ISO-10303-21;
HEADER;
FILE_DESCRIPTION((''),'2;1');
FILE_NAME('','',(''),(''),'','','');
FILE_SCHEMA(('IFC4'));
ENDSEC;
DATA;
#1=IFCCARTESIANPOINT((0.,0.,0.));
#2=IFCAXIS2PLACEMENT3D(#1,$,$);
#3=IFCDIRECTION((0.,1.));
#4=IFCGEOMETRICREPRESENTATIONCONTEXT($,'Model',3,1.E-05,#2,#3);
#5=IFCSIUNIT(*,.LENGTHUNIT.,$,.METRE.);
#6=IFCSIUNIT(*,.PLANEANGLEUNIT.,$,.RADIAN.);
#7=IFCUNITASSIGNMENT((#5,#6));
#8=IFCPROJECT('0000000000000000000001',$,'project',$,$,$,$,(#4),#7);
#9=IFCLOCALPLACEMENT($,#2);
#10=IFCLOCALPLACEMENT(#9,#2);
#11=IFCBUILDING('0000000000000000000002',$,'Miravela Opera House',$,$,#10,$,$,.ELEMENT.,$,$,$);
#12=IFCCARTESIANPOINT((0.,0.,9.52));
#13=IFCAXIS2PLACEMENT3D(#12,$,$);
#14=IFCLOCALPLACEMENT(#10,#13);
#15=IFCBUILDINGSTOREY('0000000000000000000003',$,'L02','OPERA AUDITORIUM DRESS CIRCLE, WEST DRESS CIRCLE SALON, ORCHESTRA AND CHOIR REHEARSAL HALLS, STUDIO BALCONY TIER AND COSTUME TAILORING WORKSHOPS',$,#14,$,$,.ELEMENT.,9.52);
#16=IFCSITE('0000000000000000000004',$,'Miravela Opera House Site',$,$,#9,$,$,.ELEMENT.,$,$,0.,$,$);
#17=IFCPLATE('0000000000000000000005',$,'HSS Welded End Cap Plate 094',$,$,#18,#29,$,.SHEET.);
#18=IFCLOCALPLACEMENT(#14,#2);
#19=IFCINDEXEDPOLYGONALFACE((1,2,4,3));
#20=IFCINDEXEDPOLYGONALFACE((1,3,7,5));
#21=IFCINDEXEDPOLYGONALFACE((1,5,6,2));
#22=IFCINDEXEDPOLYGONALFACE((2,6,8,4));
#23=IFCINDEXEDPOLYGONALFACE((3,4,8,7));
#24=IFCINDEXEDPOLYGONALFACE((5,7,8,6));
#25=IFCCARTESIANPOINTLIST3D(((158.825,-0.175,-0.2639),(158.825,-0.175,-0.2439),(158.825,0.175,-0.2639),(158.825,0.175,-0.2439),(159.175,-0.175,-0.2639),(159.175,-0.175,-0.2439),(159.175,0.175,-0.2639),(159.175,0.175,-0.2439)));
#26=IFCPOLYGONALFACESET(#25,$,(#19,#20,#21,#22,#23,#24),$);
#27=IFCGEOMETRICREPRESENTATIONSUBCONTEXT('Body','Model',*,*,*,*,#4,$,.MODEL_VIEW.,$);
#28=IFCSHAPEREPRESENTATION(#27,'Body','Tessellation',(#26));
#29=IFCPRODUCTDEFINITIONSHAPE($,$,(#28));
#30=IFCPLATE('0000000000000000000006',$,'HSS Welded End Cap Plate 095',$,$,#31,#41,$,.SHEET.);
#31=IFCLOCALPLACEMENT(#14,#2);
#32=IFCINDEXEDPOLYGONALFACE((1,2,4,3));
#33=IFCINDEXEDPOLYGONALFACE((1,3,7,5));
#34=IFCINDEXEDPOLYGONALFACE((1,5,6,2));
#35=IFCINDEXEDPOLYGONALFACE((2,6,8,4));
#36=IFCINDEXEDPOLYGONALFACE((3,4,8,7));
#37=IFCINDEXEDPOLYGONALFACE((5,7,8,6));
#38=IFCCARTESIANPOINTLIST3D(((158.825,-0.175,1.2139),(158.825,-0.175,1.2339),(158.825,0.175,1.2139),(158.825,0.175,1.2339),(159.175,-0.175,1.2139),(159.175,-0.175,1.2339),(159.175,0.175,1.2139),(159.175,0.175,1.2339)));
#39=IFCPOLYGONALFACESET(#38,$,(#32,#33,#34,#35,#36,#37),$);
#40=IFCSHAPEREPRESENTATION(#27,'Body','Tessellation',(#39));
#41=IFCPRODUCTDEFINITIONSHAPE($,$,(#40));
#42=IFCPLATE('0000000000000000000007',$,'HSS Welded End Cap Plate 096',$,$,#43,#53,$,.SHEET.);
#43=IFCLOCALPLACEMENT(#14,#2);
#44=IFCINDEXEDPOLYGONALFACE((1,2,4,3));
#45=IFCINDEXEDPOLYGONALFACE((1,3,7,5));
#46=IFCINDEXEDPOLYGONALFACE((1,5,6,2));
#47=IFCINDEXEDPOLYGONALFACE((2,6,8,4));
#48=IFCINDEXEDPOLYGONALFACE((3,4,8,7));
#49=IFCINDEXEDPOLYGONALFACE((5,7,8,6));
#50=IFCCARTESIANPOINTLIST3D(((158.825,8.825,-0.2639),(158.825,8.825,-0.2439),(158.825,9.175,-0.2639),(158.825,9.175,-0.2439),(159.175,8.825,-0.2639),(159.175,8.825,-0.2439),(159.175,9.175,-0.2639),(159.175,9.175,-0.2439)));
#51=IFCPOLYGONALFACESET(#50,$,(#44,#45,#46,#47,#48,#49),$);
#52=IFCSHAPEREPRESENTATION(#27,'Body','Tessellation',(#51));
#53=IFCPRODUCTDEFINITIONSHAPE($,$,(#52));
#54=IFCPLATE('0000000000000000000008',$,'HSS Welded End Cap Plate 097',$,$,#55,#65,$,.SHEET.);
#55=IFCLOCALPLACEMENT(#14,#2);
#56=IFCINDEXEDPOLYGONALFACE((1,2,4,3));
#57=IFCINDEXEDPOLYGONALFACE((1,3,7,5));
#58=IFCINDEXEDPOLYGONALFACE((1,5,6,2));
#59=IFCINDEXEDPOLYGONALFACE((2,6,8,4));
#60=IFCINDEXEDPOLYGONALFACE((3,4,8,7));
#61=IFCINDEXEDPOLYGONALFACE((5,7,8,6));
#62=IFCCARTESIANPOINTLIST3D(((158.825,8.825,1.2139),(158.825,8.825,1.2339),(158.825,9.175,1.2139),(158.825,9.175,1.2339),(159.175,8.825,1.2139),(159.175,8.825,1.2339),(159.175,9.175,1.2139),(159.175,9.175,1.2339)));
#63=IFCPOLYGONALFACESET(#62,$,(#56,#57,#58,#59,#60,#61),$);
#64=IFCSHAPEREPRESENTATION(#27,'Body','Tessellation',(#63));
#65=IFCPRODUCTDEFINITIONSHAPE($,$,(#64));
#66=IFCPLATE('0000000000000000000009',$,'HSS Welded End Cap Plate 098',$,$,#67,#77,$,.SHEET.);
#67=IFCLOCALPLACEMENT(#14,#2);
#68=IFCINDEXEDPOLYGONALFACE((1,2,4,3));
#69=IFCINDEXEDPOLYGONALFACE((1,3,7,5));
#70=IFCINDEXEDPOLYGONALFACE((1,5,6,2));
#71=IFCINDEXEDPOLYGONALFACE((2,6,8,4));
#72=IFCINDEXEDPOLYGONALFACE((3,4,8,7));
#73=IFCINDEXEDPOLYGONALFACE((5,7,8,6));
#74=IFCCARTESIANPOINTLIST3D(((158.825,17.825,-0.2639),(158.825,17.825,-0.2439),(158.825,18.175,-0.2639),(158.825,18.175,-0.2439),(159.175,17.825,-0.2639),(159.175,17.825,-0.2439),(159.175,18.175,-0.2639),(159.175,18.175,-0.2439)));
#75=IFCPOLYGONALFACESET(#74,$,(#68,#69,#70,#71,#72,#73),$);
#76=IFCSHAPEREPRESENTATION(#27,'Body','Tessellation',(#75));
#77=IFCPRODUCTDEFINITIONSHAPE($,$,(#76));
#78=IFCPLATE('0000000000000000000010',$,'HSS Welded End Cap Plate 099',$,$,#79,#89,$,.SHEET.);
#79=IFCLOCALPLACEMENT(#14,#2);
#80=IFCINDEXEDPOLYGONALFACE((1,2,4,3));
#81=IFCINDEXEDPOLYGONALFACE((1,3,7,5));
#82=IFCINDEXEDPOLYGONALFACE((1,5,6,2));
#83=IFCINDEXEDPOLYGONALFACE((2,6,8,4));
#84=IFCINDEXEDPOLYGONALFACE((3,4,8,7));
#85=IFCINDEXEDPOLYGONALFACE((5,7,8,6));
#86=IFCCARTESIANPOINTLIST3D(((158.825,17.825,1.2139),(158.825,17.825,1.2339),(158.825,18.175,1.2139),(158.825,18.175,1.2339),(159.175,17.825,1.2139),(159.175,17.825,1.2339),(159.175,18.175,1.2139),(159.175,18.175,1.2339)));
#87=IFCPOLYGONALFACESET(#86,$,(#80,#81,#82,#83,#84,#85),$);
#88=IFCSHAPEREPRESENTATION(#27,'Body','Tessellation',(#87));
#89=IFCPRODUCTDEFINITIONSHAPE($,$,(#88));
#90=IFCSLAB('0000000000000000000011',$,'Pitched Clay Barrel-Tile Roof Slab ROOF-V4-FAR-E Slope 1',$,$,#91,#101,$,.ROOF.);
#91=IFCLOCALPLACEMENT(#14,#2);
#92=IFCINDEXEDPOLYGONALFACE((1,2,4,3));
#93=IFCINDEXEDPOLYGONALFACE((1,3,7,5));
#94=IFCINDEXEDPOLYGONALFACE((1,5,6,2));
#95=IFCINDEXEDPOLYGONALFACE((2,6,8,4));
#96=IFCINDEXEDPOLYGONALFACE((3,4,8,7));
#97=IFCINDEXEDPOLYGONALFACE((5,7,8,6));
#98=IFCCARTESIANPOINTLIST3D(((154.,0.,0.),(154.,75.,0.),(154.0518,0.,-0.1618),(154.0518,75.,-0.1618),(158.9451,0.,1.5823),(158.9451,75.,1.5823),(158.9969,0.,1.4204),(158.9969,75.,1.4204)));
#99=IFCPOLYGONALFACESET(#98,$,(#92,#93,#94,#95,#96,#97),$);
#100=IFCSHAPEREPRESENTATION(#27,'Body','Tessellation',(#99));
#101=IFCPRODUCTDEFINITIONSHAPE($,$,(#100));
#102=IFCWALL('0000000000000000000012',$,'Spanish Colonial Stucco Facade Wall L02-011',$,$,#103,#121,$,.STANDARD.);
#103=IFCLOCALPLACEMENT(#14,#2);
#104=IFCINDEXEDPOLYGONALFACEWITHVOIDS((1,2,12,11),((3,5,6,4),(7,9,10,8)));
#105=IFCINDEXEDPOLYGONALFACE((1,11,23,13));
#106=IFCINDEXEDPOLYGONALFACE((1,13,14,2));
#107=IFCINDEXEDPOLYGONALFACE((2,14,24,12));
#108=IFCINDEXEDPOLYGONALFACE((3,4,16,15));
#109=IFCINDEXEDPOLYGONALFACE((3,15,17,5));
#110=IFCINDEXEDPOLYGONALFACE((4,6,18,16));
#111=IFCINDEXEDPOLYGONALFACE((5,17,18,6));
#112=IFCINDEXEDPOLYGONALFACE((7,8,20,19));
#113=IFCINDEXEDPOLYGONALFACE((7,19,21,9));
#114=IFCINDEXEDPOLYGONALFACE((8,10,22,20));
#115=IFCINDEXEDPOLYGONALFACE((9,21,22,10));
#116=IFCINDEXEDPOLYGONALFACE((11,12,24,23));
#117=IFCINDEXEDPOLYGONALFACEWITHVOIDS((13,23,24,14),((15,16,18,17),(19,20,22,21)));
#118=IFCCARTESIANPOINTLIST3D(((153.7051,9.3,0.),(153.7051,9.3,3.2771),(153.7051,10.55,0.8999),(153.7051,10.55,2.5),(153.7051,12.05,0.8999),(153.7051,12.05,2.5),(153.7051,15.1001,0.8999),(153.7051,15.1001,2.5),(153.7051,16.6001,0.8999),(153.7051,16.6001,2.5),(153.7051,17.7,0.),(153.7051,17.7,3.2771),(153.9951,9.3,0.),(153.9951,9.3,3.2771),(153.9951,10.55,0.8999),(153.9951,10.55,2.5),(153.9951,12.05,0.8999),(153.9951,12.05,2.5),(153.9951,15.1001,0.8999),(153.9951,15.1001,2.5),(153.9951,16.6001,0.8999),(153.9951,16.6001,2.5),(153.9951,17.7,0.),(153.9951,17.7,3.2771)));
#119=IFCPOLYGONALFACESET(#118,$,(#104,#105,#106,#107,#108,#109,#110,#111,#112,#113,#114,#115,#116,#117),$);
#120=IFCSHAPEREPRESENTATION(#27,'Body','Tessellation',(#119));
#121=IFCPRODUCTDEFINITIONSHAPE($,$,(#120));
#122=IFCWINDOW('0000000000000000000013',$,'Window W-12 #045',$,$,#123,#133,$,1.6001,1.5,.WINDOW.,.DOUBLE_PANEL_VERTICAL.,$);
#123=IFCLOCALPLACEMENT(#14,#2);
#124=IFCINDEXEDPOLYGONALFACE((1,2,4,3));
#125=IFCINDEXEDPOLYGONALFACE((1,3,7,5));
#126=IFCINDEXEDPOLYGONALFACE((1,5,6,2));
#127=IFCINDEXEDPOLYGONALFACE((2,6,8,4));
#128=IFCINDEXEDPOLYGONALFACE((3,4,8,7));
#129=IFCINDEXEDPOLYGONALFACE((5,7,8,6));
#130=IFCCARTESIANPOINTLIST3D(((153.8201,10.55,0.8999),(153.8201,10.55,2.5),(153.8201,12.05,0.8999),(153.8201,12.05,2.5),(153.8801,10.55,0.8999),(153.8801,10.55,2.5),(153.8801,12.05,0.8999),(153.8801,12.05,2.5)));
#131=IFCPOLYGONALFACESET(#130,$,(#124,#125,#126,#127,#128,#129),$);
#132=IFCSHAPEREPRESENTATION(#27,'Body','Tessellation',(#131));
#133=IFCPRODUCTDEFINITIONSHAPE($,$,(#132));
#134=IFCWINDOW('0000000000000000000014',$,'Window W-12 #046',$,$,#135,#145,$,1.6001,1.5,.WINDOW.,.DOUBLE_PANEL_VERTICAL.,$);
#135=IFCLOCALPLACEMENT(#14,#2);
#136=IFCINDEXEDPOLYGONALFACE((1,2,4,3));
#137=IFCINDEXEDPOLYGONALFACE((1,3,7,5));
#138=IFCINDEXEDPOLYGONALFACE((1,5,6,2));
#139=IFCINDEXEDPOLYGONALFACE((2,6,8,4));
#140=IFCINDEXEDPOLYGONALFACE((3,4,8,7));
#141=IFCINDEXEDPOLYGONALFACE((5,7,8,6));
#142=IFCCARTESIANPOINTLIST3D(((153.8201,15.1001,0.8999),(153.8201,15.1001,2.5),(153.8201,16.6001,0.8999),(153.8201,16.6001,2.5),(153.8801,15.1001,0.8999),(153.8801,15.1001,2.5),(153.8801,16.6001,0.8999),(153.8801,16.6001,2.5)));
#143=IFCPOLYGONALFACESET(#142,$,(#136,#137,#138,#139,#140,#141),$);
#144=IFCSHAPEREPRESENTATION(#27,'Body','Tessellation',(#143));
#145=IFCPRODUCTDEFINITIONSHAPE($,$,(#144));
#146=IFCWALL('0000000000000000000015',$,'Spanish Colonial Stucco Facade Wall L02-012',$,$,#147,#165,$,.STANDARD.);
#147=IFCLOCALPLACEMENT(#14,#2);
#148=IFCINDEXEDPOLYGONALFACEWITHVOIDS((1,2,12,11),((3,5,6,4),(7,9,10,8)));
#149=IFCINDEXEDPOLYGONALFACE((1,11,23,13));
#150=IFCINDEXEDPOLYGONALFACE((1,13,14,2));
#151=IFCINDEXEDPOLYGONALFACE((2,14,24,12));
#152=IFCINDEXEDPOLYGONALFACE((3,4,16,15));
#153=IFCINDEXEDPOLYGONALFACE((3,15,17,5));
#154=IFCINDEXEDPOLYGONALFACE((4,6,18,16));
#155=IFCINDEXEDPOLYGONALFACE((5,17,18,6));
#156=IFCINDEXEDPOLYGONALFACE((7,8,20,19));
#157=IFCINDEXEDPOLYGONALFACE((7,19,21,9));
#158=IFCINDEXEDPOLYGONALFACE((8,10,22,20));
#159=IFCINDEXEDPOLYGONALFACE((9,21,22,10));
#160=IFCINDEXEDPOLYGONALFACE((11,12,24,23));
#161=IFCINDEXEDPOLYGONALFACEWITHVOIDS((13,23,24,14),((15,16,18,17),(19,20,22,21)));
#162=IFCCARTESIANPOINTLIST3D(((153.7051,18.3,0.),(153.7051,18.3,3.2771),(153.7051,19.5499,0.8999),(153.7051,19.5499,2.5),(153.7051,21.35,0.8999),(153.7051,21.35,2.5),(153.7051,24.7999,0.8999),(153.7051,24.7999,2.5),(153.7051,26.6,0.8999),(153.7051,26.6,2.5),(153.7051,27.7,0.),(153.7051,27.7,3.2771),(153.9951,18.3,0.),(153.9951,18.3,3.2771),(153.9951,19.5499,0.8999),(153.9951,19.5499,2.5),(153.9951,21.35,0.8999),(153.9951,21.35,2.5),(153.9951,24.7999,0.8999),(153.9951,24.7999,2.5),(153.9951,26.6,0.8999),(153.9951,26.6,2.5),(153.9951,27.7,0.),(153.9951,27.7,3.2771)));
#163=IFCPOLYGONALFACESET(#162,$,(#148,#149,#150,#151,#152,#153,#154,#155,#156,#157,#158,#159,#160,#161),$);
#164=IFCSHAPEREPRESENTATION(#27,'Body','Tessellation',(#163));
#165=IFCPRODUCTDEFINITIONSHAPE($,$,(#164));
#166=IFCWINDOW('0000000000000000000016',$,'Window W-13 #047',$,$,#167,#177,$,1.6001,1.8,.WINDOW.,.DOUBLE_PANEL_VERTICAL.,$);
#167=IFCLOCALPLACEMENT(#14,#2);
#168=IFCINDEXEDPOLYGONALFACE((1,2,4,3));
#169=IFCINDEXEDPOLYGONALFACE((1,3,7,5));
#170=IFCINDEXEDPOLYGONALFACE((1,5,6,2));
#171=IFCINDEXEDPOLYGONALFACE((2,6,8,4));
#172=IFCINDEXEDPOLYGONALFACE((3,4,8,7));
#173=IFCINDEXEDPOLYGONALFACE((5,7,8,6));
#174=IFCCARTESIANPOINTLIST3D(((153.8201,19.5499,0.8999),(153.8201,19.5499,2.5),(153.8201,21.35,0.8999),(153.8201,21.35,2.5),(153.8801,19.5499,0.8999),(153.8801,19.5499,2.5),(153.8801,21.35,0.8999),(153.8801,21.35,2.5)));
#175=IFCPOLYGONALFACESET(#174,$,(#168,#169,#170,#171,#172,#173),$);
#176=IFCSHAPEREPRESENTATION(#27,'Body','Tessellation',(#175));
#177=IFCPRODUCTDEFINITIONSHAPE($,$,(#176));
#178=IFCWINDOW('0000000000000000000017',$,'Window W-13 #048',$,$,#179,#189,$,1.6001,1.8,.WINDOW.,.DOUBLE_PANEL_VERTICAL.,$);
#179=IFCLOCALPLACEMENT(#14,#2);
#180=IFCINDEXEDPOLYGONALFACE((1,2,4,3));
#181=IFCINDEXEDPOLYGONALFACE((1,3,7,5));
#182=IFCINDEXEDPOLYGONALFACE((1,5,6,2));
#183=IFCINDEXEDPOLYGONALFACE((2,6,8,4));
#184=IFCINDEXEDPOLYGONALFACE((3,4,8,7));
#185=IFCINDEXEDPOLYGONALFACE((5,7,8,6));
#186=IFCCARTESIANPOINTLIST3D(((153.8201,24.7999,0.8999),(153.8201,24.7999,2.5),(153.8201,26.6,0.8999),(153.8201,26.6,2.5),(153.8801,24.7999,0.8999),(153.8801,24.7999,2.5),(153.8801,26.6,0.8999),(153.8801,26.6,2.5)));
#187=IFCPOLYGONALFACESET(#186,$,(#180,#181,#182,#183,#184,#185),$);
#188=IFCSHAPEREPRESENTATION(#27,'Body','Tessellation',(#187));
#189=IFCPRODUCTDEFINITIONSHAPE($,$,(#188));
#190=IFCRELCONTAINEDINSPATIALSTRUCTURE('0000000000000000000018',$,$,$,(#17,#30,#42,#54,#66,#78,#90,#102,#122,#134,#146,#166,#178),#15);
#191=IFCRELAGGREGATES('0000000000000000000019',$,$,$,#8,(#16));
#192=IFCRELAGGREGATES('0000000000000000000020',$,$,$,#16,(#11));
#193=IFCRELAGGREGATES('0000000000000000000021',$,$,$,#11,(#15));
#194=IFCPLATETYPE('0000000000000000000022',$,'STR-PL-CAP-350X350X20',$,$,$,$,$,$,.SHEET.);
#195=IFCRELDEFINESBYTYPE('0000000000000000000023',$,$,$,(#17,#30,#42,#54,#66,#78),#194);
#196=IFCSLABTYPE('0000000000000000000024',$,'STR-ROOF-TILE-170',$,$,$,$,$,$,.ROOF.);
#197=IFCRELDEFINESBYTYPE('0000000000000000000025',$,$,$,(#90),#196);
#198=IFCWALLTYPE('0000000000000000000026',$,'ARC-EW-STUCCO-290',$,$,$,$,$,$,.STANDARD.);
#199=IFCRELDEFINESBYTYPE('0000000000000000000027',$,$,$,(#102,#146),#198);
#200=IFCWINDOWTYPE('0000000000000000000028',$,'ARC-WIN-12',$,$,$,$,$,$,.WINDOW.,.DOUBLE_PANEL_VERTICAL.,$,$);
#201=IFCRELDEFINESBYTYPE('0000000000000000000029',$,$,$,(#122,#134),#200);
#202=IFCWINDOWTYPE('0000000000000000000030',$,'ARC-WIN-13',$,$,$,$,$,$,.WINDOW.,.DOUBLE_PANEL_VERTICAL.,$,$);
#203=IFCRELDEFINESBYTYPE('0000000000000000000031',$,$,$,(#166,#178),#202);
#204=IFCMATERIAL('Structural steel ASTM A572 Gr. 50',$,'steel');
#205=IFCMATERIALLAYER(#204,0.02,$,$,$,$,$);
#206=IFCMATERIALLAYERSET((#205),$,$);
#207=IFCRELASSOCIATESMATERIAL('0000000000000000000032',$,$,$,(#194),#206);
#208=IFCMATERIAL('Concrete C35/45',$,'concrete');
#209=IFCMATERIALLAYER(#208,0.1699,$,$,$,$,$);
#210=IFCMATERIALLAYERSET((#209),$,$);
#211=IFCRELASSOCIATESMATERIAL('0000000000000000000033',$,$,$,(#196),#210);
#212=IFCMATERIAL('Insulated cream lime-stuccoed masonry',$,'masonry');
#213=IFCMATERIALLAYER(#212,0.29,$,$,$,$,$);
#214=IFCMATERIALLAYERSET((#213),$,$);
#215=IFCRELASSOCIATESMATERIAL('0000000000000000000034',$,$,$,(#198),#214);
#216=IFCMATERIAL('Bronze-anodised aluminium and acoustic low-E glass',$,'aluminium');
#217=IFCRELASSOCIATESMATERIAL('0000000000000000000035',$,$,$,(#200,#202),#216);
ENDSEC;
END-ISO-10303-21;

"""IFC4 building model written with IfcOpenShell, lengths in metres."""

from ifc_helpers import new_model, si_unit, direction, frame, frame_2d, origin, origin_2d, place, context, subcontext, project, spatial, polyline, rectangle, outline, extrude, material, layer, layer_set, type_object, element, fill, save


model = new_model("IFC4")

# Units and contexts
model_context = context("Model", 3, precision=1e-05, world=origin(), true_north=direction((0.0, 1.0)))
body_context = subcontext(model_context, "Body", "Model", "MODEL_VIEW")
ifc_project = project(units=[si_unit("LENGTHUNIT", "METRE"), si_unit("PLANEANGLEUNIT", "RADIAN")], contexts=[model_context])

# Site, building, storey
site_placement = place(None, origin())
site = spatial("IfcSite", under=ifc_project, at=site_placement, Name="Miravela Opera House Site", CompositionType="ELEMENT", RefElevation=0.0)
building_placement = place(site_placement, origin())
building = spatial("IfcBuilding", under=site, at=building_placement, Name="Miravela Opera House", CompositionType="ELEMENT")
storey_placement = place(building_placement, frame((0.0, 0.0, 9.52)))
storey = spatial("IfcBuildingStorey", under=building, at=storey_placement, Name="L02", Description="OPERA AUDITORIUM DRESS CIRCLE, WEST DRESS CIRCLE SALON, ORCHESTRA AND CHOIR REHEARSAL HALLS, STUDIO BALCONY TIER AND COSTUME TAILORING WORKSHOPS", CompositionType="ELEMENT", Elevation=9.52)

# Shared definitions
ifc_material_1 = material(Name="Concrete C35/45", Category="concrete")

# Plates
ifc_material_2 = material(Name="Structural steel ASTM A572 Gr. 50", Category="steel")
ifc_layer_1 = layer(ifc_material_2, 0.02)
ifc_layer_set_1 = layer_set([ifc_layer_1])
plate_type = type_object("IfcPlateType", Name="STR-PL-CAP-350X350X20", PredefinedType="SHEET", material=ifc_layer_set_1)
for number, where, z_axis, x_axis, name in (
    (1, (159.0, 0.0, -0.2639), (0.0, 0.0, 1.0), (1.0, 0.0, 0.0), "HSS Welded End Cap Plate 094"),
    (2, (159.0, 0.0, 1.2139), (0.0, 0.0, 1.0), (1.0, 0.0, 0.0), "HSS Welded End Cap Plate 095"),
    (3, (159.0, 9.0, -0.2639), (0.0, 0.0, 1.0), (1.0, 0.0, 0.0), "HSS Welded End Cap Plate 096"),
    (4, (159.0, 9.0, 1.2139), (0.0, 0.0, 1.0), (1.0, 0.0, 0.0), "HSS Welded End Cap Plate 097"),
    (5, (159.0, 18.0, -0.2639), (0.0, 0.0, 1.0), (1.0, 0.0, 0.0), "HSS Welded End Cap Plate 098"),
    (6, (159.0, 18.0, 1.2139), (0.0, 0.0, 1.0), (1.0, 0.0, 0.0), "HSS Welded End Cap Plate 099"),
):
    element("IfcPlate", number, at=place(storey_placement, frame(where, z_axis=z_axis, x_axis=x_axis)), inside=storey, type_object=plate_type, Name=name, PredefinedType="SHEET", context=body_context, shape_type="SweptSolid", body=[
        extrude(rectangle(XDim=0.3501, YDim=0.3501, at=origin_2d()), origin(), (0.0, 0.0, 1.0), 0.02),
    ])

# Slab
ifc_layer_2 = layer(ifc_material_1, 0.1699)
ifc_layer_set_2 = layer_set([ifc_layer_2])
slab_type = type_object("IfcSlabType", Name="STR-ROOF-TILE-170", PredefinedType="ROOF", material=ifc_layer_set_2)
slab_placement = place(storey_placement, frame((154.0, 0.0, 0.0), z_axis=(-0.30475, 0.0, 0.952432), x_axis=(0.0, 1.0, 0.0)))
element("IfcSlab", 7, at=slab_placement, inside=storey, type_object=slab_type, Name="Pitched Clay Barrel-Tile Roof Slab ROOF-V4-FAR-E Slope 1", PredefinedType="ROOF", context=body_context, shape_type="SweptSolid", body=[
    extrude(outline(polyline([(0.0, 0.0), (75.0, 0.0), (75.0, -5.192), (0.0, -5.192), (0.0, 0.0)])), origin(), (0.0, 0.0, -1.0), 0.1699),
])

# Walls, openings, windows
ifc_material_3 = material(Name="Insulated cream lime-stuccoed masonry", Category="masonry")
ifc_layer_3 = layer(ifc_material_3, 0.29)
ifc_layer_set_3 = layer_set([ifc_layer_3])
wall_type = type_object("IfcWallType", Name="ARC-EW-STUCCO-290", PredefinedType="STANDARD", material=ifc_layer_set_3)
wall_1_placement = place(storey_placement, frame((153.8501, 9.3, 0.0), z_axis=(0.0, 0.0, 1.0), x_axis=(0.0, 1.0, 0.0)))
wall_1 = element("IfcWall", 8, at=wall_1_placement, inside=storey, type_object=wall_type, Name="Spanish Colonial Stucco Facade Wall L02-011", PredefinedType="STANDARD", context=body_context, shape_type="SweptSolid", body=[
    extrude(rectangle(XDim=8.3999, YDim=0.29, at=frame_2d((4.2, 0.0))), origin(), (0.0, 0.0, 1.0), 3.2771),
])
opening_1_placement = place(wall_1_placement, frame((1.25, 0.0, 0.8999)))
opening_1 = element("IfcOpeningElement", 9, at=opening_1_placement, cuts=wall_1, PredefinedType="OPENING", context=body_context, shape_type="SweptSolid", body=[
    extrude(rectangle(XDim=1.5, YDim=1.6001, at=frame_2d((0.75, 0.8))), frame((0.0, 0.155, 0.0), z_axis=(0.0, -1.0, 0.0), x_axis=(1.0, 0.0, 0.0)), (0.0, 0.0, 1.0), 0.3101),
])
opening_2_placement = place(wall_1_placement, frame((5.8, 0.0, 0.8999)))
opening_2 = element("IfcOpeningElement", 10, at=opening_2_placement, cuts=wall_1, PredefinedType="OPENING", context=body_context, shape_type="SweptSolid", body=[
    extrude(rectangle(XDim=1.5, YDim=1.6001, at=frame_2d((0.75, 0.8))), frame((0.0, 0.155, 0.0), z_axis=(0.0, -1.0, 0.0), x_axis=(1.0, 0.0, 0.0)), (0.0, 0.0, 1.0), 0.3101),
])
ifc_material_4 = material(Name="Bronze-anodised aluminium and acoustic low-E glass", Category="aluminium")
window_type_1 = type_object("IfcWindowType", Name="ARC-WIN-12", PartitioningType="DOUBLE_PANEL_VERTICAL", PredefinedType="WINDOW", material=ifc_material_4)
window_1_placement = place(opening_1_placement, origin())
window_1 = element("IfcWindow", 11, at=window_1_placement, inside=storey, type_object=window_type_1, Name="Window W-12 #045", OverallHeight=1.6001, OverallWidth=1.5, PartitioningType="DOUBLE_PANEL_VERTICAL", PredefinedType="WINDOW", context=body_context, shape_type="SweptSolid", body=[
    extrude(rectangle(XDim=1.5, YDim=1.6001, at=frame_2d((0.75, 0.8))), frame((0.0, 0.03, 0.0), z_axis=(0.0, -1.0, 0.0), x_axis=(1.0, 0.0, 0.0)), (0.0, 0.0, 1.0), 0.0601),
])
fill(opening_1, window_1)
window_2_placement = place(opening_2_placement, origin())
window_2 = element("IfcWindow", 12, at=window_2_placement, inside=storey, type_object=window_type_1, Name="Window W-12 #046", OverallHeight=1.6001, OverallWidth=1.5, PartitioningType="DOUBLE_PANEL_VERTICAL", PredefinedType="WINDOW", context=body_context, shape_type="SweptSolid", body=[
    extrude(rectangle(XDim=1.5, YDim=1.6001, at=frame_2d((0.75, 0.8))), frame((0.0, 0.03, 0.0), z_axis=(0.0, -1.0, 0.0), x_axis=(1.0, 0.0, 0.0)), (0.0, 0.0, 1.0), 0.0601),
])
fill(opening_2, window_2)
wall_2_placement = place(storey_placement, frame((153.8501, 18.3, 0.0), z_axis=(0.0, 0.0, 1.0), x_axis=(0.0, 1.0, 0.0)))
wall_2 = element("IfcWall", 13, at=wall_2_placement, inside=storey, type_object=wall_type, Name="Spanish Colonial Stucco Facade Wall L02-012", PredefinedType="STANDARD", context=body_context, shape_type="SweptSolid", body=[
    extrude(rectangle(XDim=9.3999, YDim=0.29, at=frame_2d((4.7, 0.0))), origin(), (0.0, 0.0, 1.0), 3.2771),
])
opening_3_placement = place(wall_2_placement, frame((1.25, 0.0, 0.8999)))
opening_3 = element("IfcOpeningElement", 14, at=opening_3_placement, cuts=wall_2, PredefinedType="OPENING", context=body_context, shape_type="SweptSolid", body=[
    extrude(rectangle(XDim=1.8, YDim=1.6001, at=frame_2d((0.8999, 0.8))), frame((0.0, 0.155, 0.0), z_axis=(0.0, -1.0, 0.0), x_axis=(1.0, 0.0, 0.0)), (0.0, 0.0, 1.0), 0.3101),
])
opening_4_placement = place(wall_2_placement, frame((6.5, 0.0, 0.8999)))
opening_4 = element("IfcOpeningElement", 15, at=opening_4_placement, cuts=wall_2, PredefinedType="OPENING", context=body_context, shape_type="SweptSolid", body=[
    extrude(rectangle(XDim=1.8, YDim=1.6001, at=frame_2d((0.8999, 0.8))), frame((0.0, 0.155, 0.0), z_axis=(0.0, -1.0, 0.0), x_axis=(1.0, 0.0, 0.0)), (0.0, 0.0, 1.0), 0.3101),
])
window_type_2 = type_object("IfcWindowType", Name="ARC-WIN-13", PartitioningType="DOUBLE_PANEL_VERTICAL", PredefinedType="WINDOW", material=ifc_material_4)
window_3_placement = place(opening_3_placement, origin())
window_3 = element("IfcWindow", 16, at=window_3_placement, inside=storey, type_object=window_type_2, Name="Window W-13 #047", OverallHeight=1.6001, OverallWidth=1.8, PartitioningType="DOUBLE_PANEL_VERTICAL", PredefinedType="WINDOW", context=body_context, shape_type="SweptSolid", body=[
    extrude(rectangle(XDim=1.8, YDim=1.6001, at=frame_2d((0.8999, 0.8))), frame((0.0, 0.03, 0.0), z_axis=(0.0, -1.0, 0.0), x_axis=(1.0, 0.0, 0.0)), (0.0, 0.0, 1.0), 0.0601),
])
fill(opening_3, window_3)
window_4_placement = place(opening_4_placement, origin())
window_4 = element("IfcWindow", 17, at=window_4_placement, inside=storey, type_object=window_type_2, Name="Window W-13 #048", OverallHeight=1.6001, OverallWidth=1.8, PartitioningType="DOUBLE_PANEL_VERTICAL", PredefinedType="WINDOW", context=body_context, shape_type="SweptSolid", body=[
    extrude(rectangle(XDim=1.8, YDim=1.6001, at=frame_2d((0.8999, 0.8))), frame((0.0, 0.03, 0.0), z_axis=(0.0, -1.0, 0.0), x_axis=(1.0, 0.0, 0.0)), (0.0, 0.0, 1.0), 0.0601),
])
fill(opening_4, window_4)

save(model, "model.ifc")
